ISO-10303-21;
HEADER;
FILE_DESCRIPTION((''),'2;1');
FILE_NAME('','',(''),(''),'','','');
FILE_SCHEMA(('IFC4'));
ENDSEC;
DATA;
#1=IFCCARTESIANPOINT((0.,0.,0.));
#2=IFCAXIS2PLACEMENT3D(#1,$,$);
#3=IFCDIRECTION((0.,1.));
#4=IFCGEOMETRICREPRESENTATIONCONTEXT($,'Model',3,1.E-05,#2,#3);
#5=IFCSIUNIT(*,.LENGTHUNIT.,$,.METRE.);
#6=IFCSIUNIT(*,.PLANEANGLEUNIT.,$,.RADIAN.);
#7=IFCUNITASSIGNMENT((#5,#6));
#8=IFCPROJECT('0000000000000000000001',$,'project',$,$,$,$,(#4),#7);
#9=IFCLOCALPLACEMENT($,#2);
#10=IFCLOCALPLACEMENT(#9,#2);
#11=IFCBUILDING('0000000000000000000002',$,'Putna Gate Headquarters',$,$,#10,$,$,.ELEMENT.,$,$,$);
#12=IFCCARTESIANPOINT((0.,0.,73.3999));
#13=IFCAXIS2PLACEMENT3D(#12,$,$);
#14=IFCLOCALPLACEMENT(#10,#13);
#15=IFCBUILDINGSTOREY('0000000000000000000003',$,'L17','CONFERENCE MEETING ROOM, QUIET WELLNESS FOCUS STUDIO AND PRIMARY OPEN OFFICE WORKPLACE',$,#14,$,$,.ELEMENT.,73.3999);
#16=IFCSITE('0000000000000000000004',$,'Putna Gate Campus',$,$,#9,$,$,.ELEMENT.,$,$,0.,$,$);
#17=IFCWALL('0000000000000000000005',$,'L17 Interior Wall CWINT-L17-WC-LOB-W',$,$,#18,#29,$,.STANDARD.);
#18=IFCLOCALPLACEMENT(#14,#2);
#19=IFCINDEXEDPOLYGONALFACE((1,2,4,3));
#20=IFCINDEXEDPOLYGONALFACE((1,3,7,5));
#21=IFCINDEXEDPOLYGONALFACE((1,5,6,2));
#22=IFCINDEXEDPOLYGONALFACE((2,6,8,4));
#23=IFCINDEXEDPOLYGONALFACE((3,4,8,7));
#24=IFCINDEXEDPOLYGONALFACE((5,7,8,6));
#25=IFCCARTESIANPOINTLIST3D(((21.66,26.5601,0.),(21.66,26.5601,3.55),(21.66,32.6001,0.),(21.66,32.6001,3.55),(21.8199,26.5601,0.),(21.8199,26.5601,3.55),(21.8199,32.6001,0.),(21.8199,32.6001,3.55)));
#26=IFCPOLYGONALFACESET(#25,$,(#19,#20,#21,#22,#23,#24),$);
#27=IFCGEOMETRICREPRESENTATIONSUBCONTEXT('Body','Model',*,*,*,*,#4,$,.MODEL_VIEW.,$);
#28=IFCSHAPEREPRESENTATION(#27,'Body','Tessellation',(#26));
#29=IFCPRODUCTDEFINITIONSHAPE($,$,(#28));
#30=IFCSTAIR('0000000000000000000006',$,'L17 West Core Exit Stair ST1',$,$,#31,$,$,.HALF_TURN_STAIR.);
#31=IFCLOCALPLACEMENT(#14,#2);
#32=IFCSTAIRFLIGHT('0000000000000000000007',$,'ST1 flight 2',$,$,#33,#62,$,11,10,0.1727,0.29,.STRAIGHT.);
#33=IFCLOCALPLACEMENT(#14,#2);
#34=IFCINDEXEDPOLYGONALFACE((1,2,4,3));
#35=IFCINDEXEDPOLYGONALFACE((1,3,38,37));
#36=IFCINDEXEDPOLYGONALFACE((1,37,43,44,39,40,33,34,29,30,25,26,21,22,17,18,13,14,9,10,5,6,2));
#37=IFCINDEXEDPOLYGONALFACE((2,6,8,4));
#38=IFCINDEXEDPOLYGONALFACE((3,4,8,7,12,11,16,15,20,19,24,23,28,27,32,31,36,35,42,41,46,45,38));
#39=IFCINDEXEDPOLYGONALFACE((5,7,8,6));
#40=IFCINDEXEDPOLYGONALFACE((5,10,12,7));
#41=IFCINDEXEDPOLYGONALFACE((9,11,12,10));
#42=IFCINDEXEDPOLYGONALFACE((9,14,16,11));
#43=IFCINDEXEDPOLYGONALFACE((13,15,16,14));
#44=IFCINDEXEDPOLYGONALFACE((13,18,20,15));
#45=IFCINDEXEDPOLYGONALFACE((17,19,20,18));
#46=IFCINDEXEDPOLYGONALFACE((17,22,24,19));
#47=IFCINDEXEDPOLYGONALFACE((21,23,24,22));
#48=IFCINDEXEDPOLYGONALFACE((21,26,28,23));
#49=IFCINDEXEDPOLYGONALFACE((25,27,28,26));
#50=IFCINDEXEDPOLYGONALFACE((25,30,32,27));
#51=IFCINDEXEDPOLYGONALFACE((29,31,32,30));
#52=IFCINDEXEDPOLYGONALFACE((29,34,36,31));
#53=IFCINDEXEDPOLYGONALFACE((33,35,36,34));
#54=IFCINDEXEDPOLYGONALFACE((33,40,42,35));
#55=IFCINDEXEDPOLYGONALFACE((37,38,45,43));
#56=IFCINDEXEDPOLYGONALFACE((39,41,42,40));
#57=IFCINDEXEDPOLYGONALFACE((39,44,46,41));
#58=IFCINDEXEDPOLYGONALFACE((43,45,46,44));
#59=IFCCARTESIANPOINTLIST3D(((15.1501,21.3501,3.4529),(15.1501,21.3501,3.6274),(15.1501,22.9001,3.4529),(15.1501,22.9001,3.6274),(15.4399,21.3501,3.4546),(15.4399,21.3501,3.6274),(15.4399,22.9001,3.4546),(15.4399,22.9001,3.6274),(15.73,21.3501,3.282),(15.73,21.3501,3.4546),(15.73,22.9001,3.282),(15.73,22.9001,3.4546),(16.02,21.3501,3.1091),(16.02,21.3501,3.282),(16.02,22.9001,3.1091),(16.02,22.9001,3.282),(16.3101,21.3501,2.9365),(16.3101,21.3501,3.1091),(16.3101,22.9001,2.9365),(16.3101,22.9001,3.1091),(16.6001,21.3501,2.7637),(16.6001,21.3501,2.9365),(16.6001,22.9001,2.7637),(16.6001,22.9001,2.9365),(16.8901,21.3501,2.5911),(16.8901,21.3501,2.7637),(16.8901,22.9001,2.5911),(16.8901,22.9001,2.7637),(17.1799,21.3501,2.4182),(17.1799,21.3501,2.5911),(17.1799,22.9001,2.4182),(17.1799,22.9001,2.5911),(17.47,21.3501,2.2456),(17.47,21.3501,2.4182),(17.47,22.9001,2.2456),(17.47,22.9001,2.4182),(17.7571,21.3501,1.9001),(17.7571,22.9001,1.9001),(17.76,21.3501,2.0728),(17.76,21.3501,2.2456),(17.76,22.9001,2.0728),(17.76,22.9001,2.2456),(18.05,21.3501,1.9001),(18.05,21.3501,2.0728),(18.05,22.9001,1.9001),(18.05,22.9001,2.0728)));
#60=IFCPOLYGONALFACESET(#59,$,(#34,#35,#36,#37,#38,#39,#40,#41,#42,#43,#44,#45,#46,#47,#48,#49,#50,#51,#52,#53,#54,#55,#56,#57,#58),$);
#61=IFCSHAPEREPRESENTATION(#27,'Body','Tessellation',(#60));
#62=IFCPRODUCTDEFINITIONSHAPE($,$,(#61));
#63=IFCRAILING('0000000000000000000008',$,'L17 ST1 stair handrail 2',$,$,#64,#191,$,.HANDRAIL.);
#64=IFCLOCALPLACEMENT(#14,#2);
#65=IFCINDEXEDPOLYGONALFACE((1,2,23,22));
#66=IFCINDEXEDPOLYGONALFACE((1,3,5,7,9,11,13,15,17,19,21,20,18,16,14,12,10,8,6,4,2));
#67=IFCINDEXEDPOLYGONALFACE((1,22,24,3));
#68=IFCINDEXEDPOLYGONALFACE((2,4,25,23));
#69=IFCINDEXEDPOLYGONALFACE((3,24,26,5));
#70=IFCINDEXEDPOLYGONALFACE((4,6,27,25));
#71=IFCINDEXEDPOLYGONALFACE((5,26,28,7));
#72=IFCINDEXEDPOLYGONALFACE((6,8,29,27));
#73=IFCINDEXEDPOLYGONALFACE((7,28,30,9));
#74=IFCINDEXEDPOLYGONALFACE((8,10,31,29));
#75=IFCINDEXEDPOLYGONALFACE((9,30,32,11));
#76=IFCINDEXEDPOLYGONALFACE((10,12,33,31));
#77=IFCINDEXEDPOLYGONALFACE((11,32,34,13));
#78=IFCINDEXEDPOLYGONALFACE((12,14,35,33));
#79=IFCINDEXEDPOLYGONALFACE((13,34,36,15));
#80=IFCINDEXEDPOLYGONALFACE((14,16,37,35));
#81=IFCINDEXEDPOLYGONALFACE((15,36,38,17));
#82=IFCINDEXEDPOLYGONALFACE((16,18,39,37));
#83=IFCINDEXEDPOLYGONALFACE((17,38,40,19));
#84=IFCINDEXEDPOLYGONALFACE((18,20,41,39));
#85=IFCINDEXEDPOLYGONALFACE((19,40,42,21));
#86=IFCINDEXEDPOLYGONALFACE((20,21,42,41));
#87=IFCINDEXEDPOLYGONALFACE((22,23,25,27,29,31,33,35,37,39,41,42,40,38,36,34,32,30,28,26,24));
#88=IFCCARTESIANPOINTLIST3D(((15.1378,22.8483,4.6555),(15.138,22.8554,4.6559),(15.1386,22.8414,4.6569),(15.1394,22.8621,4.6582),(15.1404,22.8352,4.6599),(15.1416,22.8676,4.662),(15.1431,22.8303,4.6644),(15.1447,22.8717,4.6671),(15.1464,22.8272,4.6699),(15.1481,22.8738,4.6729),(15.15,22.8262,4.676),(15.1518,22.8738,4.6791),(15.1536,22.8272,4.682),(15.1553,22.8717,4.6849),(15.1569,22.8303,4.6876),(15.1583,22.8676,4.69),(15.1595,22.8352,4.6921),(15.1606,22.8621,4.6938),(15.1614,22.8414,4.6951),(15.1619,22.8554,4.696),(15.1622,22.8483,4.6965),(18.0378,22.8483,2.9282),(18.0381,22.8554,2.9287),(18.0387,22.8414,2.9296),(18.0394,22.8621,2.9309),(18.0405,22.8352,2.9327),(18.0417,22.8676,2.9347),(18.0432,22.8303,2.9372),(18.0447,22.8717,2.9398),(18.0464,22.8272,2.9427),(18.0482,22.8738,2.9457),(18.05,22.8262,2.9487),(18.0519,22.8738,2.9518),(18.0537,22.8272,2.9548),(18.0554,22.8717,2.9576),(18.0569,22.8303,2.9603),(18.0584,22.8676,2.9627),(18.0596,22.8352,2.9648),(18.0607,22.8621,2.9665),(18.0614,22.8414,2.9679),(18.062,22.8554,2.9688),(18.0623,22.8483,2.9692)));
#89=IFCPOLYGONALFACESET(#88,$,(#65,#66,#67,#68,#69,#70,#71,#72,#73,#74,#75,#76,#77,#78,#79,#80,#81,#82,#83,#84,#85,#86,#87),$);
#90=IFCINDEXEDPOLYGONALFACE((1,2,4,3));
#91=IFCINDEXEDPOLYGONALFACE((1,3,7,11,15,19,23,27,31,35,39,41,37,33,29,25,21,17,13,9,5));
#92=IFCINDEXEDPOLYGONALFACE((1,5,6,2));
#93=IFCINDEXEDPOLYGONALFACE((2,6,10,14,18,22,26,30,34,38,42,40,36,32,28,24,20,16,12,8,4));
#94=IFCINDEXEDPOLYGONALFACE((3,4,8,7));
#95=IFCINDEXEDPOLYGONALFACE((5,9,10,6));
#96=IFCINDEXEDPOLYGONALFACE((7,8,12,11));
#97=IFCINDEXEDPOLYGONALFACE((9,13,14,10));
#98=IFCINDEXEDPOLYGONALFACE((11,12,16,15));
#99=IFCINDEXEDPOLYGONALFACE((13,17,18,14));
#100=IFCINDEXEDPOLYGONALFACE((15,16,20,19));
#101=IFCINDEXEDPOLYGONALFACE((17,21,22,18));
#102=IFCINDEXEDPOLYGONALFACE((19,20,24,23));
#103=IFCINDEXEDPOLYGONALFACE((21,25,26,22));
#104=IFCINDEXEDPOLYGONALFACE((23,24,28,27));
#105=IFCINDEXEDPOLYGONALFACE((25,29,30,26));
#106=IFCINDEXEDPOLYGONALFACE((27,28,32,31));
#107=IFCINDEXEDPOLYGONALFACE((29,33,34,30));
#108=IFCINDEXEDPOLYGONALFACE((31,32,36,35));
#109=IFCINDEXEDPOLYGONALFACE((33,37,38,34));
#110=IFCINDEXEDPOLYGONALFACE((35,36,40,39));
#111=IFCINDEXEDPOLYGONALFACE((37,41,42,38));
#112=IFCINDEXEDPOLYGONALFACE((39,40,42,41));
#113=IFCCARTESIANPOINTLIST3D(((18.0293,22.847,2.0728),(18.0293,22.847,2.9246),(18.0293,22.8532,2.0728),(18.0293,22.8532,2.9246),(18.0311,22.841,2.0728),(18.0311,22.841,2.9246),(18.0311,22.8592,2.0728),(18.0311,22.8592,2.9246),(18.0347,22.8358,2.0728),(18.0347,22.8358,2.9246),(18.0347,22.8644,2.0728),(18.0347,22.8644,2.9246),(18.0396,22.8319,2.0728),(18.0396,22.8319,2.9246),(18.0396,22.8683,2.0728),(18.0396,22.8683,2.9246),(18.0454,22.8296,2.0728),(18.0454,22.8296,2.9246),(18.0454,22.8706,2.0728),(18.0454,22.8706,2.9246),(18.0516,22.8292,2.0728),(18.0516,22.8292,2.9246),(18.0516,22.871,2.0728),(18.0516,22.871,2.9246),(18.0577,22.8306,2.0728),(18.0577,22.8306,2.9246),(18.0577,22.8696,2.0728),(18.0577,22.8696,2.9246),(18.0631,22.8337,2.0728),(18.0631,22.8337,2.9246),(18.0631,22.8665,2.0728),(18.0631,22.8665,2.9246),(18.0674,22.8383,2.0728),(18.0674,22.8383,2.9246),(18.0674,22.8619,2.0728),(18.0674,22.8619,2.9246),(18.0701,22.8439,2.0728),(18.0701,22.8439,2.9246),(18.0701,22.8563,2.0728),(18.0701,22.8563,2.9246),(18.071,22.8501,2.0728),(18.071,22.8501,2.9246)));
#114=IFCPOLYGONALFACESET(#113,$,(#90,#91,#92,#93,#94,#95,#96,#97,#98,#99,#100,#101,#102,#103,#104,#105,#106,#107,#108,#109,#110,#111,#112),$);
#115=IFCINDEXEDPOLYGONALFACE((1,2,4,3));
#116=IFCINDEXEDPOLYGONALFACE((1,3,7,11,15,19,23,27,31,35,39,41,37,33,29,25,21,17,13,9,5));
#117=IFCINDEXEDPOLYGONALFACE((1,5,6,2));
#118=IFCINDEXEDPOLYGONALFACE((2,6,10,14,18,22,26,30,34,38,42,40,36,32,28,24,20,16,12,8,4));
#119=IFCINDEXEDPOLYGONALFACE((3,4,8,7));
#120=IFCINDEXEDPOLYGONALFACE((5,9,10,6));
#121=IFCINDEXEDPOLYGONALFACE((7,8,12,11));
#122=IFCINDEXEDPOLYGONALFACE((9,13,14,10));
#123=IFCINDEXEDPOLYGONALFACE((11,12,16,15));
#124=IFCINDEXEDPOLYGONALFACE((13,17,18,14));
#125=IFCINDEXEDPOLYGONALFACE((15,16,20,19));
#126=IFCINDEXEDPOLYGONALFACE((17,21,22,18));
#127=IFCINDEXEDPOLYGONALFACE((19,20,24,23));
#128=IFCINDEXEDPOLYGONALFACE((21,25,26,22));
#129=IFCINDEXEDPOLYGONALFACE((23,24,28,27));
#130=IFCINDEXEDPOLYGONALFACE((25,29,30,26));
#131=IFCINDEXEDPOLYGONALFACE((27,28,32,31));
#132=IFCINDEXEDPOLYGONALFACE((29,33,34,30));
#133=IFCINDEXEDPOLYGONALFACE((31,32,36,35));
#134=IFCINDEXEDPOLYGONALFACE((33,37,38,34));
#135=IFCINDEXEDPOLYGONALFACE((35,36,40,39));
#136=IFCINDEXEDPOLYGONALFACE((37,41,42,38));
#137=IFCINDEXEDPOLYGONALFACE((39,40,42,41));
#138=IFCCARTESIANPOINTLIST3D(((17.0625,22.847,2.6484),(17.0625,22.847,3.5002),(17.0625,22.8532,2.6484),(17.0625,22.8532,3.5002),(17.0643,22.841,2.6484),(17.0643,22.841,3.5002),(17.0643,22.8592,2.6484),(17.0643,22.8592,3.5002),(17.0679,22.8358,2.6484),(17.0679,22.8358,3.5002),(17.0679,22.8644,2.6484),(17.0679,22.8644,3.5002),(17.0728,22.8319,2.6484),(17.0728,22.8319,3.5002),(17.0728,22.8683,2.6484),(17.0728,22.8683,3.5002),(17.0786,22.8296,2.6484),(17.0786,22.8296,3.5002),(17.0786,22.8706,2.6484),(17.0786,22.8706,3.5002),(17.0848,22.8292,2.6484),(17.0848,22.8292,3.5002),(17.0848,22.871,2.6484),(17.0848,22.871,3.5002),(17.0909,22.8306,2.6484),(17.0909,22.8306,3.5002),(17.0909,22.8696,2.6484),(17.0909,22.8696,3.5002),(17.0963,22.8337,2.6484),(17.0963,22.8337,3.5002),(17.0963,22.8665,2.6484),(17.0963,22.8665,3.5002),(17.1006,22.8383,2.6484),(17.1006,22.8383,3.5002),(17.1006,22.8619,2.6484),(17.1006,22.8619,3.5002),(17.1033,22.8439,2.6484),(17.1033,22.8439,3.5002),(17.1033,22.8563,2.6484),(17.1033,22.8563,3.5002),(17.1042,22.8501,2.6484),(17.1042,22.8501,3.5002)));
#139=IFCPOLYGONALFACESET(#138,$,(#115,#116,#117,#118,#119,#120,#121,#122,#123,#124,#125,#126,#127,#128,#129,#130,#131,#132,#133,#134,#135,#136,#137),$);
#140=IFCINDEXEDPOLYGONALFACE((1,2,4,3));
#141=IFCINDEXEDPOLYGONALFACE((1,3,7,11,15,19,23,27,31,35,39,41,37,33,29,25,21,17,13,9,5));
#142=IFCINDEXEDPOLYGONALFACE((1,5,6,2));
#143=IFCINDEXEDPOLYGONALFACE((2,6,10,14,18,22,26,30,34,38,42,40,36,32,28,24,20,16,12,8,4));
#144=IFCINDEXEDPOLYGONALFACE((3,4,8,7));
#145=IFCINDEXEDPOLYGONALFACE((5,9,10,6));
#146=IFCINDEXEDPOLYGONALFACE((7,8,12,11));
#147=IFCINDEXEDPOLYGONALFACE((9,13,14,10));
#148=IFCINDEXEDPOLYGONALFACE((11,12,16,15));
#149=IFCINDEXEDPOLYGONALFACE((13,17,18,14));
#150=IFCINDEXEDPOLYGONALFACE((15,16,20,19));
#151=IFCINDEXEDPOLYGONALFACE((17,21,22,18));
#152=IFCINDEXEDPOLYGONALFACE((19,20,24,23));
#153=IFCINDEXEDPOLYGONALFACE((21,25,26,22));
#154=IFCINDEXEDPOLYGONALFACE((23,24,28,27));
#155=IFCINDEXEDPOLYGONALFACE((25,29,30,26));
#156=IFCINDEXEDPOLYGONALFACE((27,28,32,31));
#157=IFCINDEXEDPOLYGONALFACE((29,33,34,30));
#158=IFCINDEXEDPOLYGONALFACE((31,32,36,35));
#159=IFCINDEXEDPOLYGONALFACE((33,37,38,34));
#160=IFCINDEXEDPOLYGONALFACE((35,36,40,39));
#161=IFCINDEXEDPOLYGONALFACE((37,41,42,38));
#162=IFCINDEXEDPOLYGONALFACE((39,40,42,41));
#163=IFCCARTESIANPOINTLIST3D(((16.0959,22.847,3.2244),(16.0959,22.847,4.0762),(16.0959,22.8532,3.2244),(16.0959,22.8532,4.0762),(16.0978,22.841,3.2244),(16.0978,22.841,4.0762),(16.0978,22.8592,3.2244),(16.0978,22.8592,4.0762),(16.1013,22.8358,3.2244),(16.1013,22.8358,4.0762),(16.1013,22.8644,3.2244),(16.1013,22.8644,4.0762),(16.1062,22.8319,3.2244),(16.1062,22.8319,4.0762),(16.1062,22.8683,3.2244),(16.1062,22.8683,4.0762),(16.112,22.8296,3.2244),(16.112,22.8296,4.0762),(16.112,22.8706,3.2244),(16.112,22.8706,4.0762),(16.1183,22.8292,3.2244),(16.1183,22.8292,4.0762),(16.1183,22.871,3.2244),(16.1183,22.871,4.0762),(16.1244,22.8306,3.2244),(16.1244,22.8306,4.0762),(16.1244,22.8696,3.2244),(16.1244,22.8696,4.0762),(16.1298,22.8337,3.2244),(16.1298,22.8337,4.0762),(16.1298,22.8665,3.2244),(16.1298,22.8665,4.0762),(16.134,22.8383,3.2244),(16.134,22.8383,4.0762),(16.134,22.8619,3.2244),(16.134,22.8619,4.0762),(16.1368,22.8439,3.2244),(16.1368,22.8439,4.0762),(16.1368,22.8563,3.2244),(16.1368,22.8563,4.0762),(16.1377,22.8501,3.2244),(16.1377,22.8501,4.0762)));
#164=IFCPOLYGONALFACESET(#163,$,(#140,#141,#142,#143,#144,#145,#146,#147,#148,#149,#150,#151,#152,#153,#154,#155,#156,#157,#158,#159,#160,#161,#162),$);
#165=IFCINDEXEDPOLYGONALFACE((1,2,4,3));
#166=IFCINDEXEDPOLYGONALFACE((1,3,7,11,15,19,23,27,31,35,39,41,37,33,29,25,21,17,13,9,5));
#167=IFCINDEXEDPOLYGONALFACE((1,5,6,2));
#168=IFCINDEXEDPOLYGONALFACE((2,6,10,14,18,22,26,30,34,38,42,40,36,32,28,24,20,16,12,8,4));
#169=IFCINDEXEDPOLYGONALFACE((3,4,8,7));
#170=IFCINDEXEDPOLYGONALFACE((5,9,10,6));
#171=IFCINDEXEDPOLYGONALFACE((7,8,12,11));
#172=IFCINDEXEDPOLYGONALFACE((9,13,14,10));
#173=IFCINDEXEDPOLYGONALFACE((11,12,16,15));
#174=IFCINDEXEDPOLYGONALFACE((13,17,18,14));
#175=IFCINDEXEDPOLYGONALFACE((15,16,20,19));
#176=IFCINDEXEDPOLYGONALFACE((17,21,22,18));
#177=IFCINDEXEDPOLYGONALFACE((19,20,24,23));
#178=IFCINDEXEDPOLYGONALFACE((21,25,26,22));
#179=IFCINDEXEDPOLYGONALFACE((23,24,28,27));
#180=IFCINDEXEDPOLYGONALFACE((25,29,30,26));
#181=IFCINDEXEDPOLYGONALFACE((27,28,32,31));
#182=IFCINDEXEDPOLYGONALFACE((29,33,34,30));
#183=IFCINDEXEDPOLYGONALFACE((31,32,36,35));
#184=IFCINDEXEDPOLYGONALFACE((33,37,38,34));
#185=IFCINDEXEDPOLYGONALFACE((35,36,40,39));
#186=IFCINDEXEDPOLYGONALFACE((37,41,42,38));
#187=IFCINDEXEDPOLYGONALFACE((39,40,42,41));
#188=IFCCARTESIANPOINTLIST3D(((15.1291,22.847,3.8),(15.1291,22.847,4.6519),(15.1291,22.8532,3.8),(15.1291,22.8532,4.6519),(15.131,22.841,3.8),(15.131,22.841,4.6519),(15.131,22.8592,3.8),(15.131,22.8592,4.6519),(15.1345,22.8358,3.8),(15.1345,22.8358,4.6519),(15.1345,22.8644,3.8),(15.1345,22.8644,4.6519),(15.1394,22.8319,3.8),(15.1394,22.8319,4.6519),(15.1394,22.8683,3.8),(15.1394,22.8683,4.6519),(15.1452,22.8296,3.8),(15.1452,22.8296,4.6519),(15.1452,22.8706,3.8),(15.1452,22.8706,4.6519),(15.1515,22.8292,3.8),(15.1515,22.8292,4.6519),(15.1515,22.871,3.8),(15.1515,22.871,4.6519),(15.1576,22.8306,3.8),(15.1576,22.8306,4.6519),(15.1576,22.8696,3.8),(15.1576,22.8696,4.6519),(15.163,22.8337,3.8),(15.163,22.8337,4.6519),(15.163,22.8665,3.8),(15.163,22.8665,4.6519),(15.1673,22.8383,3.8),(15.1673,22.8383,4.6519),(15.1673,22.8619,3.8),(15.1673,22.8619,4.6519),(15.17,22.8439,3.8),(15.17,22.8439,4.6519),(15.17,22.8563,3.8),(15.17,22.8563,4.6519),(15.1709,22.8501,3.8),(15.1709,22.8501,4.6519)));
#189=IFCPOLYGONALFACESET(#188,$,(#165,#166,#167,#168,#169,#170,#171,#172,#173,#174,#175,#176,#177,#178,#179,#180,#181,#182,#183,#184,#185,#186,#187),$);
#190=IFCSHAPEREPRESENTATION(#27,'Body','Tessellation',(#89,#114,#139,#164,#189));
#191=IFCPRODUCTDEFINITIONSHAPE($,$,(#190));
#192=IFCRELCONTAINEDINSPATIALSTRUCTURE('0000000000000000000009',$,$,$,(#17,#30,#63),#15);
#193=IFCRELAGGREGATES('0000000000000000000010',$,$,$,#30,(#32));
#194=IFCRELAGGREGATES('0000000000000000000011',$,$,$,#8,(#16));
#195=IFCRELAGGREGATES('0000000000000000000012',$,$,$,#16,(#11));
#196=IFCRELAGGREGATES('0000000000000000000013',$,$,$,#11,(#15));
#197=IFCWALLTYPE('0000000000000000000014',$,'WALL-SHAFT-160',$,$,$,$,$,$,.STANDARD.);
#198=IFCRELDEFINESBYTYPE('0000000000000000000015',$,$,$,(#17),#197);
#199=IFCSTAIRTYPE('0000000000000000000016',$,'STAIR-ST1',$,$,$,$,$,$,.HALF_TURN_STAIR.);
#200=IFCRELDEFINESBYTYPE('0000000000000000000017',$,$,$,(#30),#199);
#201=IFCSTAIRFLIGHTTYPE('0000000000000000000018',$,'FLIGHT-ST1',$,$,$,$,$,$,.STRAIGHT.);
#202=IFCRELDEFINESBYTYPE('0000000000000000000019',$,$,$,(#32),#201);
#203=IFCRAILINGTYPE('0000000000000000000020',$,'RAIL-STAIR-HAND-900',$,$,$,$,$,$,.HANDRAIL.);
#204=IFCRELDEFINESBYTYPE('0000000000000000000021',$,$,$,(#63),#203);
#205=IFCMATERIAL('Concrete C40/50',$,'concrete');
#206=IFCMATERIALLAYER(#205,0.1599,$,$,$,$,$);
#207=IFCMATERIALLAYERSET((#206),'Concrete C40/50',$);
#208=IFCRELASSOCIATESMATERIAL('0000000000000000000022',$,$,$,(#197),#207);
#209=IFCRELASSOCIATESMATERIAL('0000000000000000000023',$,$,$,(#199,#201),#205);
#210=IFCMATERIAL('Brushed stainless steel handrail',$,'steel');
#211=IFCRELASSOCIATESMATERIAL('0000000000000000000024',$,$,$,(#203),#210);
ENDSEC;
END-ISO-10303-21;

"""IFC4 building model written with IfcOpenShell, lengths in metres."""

from ifc_helpers import new_model, si_unit, direction, frame, frame_2d, origin, origin_2d, place, context, subcontext, project, spatial, polyline, rectangle, circle, outline, extrude, material, layer, layer_set, type_object, element, aggregate, save


model = new_model("IFC4")

# Units and contexts
model_context = context("Model", 3, precision=1e-05, world=origin(), true_north=direction((0.0, 1.0)))
body_context = subcontext(model_context, "Body", "Model", "MODEL_VIEW")
ifc_project = project(units=[si_unit("LENGTHUNIT", "METRE"), si_unit("PLANEANGLEUNIT", "RADIAN")], contexts=[model_context])

# Site, building, storey
site_placement = place(None, origin())
site = spatial("IfcSite", under=ifc_project, at=site_placement, Name="Putna Gate Campus", CompositionType="ELEMENT", RefElevation=0.0)
building_placement = place(site_placement, origin())
building = spatial("IfcBuilding", under=site, at=building_placement, Name="Putna Gate Headquarters", CompositionType="ELEMENT")
storey_placement = place(building_placement, frame((0.0, 0.0, 73.3999)))
storey = spatial("IfcBuildingStorey", under=building, at=storey_placement, Name="L17", Description="CONFERENCE MEETING ROOM, QUIET WELLNESS FOCUS STUDIO AND PRIMARY OPEN OFFICE WORKPLACE", CompositionType="ELEMENT", Elevation=73.3999)

# Shared definitions
ifc_material_1 = material(Name="Concrete C40/50", Category="concrete")
ifc_layer_1 = layer(ifc_material_1, 0.1599)
ifc_layer_set_1 = layer_set([ifc_layer_1], Name="Concrete C40/50")
wall_type_1 = type_object("IfcWallType", Name="WALL-SHAFT-160", PredefinedType="STANDARD", material=ifc_layer_set_1)

# Wall
wall_1_placement = place(storey_placement, frame((21.74, 26.5601, 0.0), z_axis=(0.0, 0.0, 1.0), x_axis=(0.0, 1.0, 0.0)))
element("IfcWall", 1, at=wall_1_placement, inside=storey, type_object=wall_type_1, Name="L17 Interior Wall CWINT-L17-WC-LOB-W", PredefinedType="STANDARD", context=body_context, shape_type="SweptSolid", body=[
    extrude(rectangle(XDim=6.04, YDim=0.1599, at=frame_2d((3.02, 0.0))), origin(), (0.0, 0.0, 1.0), 3.55),
])

# Stair, stair flight
stair_type = type_object("IfcStairType", Name="STAIR-ST1", PredefinedType="HALF_TURN_STAIR", material=ifc_material_1)
stair_placement = place(storey_placement, origin())
stair = element("IfcStair", 2, at=stair_placement, inside=storey, type_object=stair_type, Name="L17 West Core Exit Stair ST1", PredefinedType="HALF_TURN_STAIR")
stair_flight_type = type_object("IfcStairFlightType", Name="FLIGHT-ST1", PredefinedType="STRAIGHT", material=ifc_material_1)
stair_flight_placement = place(storey_placement, frame((18.05, 22.125, 1.9001), z_axis=(0.0, 0.0, 1.0), x_axis=(-1.0, 0.0, 0.0)))
stair_flight = element("IfcStairFlight", 3, at=stair_flight_placement, type_object=stair_flight_type, Name="ST1 flight 2", NumberOfRisers=11, NumberOfTreads=10, PredefinedType="STRAIGHT", RiserHeight=0.1727, TreadLength=0.29, context=body_context, shape_type="SweptSolid", body=[
    extrude(outline(polyline([(0.0, 0.0), (0.0, 0.1726), (0.29, 0.1726), (0.29, 0.3455), (0.5801, 0.3455), (0.5801, 0.5181), (0.8701, 0.5181), (0.8701, 0.6909), (1.1599, 0.6909), (1.1599, 0.8635), (1.45, 0.8635), (1.45, 1.0364), (1.74, 1.0364), (1.74, 1.209), (2.03, 1.209), (2.03, 1.3818), (2.3201, 1.3818), (2.3201, 1.5544), (2.6101, 1.5544), (2.6101, 1.7273), (2.8999, 1.7273), (2.8999, 1.8999), (2.8999, 1.5527), (0.293, 0.0), (0.0, 0.0)])), frame((0.0, 0.7749, 0.0), z_axis=(0.0, -1.0, 0.0), x_axis=(1.0, 0.0, 0.0)), (0.0, 0.0, 1.0), 1.55),
])
aggregate(stair, [stair_flight])

# Railing
ifc_material_2 = material(Name="Brushed stainless steel handrail", Category="steel")
railing_type_1 = type_object("IfcRailingType", Name="RAIL-STAIR-HAND-900", PredefinedType="HANDRAIL", material=ifc_material_2)
railing_1_placement = place(storey_placement, frame((18.05, 22.8501, 2.0728)))
element("IfcRailing", 4, at=railing_1_placement, inside=storey, type_object=railing_type_1, Name="L17 ST1 stair handrail 2", PredefinedType="HANDRAIL", context=body_context, shape_type="SweptSolid", body=[
    extrude(circle(Radius=0.0239, at=origin_2d()), frame((0.0, 0.0, 0.876), z_axis=(-0.85916, 0.0, 0.511706), x_axis=(0.0, -1.0, 0.0)), (0.0, 0.0, 1.0), 3.3755),
    extrude(circle(Radius=0.021, at=origin_2d()), origin(), (0.0, 0.0, 1.0), 0.8518),
    extrude(circle(Radius=0.021, at=origin_2d()), frame((-0.9668, 0.0, 0.5757)), (0.0, 0.0, 1.0), 0.8518),
    extrude(circle(Radius=0.021, at=origin_2d()), frame((-1.9333, 0.0, 1.1516)), (0.0, 0.0, 1.0), 0.8518),
    extrude(circle(Radius=0.021, at=origin_2d()), frame((-2.9001, 0.0, 1.7273)), (0.0, 0.0, 1.0), 0.8518),
])

save(model, "model.ifc")
